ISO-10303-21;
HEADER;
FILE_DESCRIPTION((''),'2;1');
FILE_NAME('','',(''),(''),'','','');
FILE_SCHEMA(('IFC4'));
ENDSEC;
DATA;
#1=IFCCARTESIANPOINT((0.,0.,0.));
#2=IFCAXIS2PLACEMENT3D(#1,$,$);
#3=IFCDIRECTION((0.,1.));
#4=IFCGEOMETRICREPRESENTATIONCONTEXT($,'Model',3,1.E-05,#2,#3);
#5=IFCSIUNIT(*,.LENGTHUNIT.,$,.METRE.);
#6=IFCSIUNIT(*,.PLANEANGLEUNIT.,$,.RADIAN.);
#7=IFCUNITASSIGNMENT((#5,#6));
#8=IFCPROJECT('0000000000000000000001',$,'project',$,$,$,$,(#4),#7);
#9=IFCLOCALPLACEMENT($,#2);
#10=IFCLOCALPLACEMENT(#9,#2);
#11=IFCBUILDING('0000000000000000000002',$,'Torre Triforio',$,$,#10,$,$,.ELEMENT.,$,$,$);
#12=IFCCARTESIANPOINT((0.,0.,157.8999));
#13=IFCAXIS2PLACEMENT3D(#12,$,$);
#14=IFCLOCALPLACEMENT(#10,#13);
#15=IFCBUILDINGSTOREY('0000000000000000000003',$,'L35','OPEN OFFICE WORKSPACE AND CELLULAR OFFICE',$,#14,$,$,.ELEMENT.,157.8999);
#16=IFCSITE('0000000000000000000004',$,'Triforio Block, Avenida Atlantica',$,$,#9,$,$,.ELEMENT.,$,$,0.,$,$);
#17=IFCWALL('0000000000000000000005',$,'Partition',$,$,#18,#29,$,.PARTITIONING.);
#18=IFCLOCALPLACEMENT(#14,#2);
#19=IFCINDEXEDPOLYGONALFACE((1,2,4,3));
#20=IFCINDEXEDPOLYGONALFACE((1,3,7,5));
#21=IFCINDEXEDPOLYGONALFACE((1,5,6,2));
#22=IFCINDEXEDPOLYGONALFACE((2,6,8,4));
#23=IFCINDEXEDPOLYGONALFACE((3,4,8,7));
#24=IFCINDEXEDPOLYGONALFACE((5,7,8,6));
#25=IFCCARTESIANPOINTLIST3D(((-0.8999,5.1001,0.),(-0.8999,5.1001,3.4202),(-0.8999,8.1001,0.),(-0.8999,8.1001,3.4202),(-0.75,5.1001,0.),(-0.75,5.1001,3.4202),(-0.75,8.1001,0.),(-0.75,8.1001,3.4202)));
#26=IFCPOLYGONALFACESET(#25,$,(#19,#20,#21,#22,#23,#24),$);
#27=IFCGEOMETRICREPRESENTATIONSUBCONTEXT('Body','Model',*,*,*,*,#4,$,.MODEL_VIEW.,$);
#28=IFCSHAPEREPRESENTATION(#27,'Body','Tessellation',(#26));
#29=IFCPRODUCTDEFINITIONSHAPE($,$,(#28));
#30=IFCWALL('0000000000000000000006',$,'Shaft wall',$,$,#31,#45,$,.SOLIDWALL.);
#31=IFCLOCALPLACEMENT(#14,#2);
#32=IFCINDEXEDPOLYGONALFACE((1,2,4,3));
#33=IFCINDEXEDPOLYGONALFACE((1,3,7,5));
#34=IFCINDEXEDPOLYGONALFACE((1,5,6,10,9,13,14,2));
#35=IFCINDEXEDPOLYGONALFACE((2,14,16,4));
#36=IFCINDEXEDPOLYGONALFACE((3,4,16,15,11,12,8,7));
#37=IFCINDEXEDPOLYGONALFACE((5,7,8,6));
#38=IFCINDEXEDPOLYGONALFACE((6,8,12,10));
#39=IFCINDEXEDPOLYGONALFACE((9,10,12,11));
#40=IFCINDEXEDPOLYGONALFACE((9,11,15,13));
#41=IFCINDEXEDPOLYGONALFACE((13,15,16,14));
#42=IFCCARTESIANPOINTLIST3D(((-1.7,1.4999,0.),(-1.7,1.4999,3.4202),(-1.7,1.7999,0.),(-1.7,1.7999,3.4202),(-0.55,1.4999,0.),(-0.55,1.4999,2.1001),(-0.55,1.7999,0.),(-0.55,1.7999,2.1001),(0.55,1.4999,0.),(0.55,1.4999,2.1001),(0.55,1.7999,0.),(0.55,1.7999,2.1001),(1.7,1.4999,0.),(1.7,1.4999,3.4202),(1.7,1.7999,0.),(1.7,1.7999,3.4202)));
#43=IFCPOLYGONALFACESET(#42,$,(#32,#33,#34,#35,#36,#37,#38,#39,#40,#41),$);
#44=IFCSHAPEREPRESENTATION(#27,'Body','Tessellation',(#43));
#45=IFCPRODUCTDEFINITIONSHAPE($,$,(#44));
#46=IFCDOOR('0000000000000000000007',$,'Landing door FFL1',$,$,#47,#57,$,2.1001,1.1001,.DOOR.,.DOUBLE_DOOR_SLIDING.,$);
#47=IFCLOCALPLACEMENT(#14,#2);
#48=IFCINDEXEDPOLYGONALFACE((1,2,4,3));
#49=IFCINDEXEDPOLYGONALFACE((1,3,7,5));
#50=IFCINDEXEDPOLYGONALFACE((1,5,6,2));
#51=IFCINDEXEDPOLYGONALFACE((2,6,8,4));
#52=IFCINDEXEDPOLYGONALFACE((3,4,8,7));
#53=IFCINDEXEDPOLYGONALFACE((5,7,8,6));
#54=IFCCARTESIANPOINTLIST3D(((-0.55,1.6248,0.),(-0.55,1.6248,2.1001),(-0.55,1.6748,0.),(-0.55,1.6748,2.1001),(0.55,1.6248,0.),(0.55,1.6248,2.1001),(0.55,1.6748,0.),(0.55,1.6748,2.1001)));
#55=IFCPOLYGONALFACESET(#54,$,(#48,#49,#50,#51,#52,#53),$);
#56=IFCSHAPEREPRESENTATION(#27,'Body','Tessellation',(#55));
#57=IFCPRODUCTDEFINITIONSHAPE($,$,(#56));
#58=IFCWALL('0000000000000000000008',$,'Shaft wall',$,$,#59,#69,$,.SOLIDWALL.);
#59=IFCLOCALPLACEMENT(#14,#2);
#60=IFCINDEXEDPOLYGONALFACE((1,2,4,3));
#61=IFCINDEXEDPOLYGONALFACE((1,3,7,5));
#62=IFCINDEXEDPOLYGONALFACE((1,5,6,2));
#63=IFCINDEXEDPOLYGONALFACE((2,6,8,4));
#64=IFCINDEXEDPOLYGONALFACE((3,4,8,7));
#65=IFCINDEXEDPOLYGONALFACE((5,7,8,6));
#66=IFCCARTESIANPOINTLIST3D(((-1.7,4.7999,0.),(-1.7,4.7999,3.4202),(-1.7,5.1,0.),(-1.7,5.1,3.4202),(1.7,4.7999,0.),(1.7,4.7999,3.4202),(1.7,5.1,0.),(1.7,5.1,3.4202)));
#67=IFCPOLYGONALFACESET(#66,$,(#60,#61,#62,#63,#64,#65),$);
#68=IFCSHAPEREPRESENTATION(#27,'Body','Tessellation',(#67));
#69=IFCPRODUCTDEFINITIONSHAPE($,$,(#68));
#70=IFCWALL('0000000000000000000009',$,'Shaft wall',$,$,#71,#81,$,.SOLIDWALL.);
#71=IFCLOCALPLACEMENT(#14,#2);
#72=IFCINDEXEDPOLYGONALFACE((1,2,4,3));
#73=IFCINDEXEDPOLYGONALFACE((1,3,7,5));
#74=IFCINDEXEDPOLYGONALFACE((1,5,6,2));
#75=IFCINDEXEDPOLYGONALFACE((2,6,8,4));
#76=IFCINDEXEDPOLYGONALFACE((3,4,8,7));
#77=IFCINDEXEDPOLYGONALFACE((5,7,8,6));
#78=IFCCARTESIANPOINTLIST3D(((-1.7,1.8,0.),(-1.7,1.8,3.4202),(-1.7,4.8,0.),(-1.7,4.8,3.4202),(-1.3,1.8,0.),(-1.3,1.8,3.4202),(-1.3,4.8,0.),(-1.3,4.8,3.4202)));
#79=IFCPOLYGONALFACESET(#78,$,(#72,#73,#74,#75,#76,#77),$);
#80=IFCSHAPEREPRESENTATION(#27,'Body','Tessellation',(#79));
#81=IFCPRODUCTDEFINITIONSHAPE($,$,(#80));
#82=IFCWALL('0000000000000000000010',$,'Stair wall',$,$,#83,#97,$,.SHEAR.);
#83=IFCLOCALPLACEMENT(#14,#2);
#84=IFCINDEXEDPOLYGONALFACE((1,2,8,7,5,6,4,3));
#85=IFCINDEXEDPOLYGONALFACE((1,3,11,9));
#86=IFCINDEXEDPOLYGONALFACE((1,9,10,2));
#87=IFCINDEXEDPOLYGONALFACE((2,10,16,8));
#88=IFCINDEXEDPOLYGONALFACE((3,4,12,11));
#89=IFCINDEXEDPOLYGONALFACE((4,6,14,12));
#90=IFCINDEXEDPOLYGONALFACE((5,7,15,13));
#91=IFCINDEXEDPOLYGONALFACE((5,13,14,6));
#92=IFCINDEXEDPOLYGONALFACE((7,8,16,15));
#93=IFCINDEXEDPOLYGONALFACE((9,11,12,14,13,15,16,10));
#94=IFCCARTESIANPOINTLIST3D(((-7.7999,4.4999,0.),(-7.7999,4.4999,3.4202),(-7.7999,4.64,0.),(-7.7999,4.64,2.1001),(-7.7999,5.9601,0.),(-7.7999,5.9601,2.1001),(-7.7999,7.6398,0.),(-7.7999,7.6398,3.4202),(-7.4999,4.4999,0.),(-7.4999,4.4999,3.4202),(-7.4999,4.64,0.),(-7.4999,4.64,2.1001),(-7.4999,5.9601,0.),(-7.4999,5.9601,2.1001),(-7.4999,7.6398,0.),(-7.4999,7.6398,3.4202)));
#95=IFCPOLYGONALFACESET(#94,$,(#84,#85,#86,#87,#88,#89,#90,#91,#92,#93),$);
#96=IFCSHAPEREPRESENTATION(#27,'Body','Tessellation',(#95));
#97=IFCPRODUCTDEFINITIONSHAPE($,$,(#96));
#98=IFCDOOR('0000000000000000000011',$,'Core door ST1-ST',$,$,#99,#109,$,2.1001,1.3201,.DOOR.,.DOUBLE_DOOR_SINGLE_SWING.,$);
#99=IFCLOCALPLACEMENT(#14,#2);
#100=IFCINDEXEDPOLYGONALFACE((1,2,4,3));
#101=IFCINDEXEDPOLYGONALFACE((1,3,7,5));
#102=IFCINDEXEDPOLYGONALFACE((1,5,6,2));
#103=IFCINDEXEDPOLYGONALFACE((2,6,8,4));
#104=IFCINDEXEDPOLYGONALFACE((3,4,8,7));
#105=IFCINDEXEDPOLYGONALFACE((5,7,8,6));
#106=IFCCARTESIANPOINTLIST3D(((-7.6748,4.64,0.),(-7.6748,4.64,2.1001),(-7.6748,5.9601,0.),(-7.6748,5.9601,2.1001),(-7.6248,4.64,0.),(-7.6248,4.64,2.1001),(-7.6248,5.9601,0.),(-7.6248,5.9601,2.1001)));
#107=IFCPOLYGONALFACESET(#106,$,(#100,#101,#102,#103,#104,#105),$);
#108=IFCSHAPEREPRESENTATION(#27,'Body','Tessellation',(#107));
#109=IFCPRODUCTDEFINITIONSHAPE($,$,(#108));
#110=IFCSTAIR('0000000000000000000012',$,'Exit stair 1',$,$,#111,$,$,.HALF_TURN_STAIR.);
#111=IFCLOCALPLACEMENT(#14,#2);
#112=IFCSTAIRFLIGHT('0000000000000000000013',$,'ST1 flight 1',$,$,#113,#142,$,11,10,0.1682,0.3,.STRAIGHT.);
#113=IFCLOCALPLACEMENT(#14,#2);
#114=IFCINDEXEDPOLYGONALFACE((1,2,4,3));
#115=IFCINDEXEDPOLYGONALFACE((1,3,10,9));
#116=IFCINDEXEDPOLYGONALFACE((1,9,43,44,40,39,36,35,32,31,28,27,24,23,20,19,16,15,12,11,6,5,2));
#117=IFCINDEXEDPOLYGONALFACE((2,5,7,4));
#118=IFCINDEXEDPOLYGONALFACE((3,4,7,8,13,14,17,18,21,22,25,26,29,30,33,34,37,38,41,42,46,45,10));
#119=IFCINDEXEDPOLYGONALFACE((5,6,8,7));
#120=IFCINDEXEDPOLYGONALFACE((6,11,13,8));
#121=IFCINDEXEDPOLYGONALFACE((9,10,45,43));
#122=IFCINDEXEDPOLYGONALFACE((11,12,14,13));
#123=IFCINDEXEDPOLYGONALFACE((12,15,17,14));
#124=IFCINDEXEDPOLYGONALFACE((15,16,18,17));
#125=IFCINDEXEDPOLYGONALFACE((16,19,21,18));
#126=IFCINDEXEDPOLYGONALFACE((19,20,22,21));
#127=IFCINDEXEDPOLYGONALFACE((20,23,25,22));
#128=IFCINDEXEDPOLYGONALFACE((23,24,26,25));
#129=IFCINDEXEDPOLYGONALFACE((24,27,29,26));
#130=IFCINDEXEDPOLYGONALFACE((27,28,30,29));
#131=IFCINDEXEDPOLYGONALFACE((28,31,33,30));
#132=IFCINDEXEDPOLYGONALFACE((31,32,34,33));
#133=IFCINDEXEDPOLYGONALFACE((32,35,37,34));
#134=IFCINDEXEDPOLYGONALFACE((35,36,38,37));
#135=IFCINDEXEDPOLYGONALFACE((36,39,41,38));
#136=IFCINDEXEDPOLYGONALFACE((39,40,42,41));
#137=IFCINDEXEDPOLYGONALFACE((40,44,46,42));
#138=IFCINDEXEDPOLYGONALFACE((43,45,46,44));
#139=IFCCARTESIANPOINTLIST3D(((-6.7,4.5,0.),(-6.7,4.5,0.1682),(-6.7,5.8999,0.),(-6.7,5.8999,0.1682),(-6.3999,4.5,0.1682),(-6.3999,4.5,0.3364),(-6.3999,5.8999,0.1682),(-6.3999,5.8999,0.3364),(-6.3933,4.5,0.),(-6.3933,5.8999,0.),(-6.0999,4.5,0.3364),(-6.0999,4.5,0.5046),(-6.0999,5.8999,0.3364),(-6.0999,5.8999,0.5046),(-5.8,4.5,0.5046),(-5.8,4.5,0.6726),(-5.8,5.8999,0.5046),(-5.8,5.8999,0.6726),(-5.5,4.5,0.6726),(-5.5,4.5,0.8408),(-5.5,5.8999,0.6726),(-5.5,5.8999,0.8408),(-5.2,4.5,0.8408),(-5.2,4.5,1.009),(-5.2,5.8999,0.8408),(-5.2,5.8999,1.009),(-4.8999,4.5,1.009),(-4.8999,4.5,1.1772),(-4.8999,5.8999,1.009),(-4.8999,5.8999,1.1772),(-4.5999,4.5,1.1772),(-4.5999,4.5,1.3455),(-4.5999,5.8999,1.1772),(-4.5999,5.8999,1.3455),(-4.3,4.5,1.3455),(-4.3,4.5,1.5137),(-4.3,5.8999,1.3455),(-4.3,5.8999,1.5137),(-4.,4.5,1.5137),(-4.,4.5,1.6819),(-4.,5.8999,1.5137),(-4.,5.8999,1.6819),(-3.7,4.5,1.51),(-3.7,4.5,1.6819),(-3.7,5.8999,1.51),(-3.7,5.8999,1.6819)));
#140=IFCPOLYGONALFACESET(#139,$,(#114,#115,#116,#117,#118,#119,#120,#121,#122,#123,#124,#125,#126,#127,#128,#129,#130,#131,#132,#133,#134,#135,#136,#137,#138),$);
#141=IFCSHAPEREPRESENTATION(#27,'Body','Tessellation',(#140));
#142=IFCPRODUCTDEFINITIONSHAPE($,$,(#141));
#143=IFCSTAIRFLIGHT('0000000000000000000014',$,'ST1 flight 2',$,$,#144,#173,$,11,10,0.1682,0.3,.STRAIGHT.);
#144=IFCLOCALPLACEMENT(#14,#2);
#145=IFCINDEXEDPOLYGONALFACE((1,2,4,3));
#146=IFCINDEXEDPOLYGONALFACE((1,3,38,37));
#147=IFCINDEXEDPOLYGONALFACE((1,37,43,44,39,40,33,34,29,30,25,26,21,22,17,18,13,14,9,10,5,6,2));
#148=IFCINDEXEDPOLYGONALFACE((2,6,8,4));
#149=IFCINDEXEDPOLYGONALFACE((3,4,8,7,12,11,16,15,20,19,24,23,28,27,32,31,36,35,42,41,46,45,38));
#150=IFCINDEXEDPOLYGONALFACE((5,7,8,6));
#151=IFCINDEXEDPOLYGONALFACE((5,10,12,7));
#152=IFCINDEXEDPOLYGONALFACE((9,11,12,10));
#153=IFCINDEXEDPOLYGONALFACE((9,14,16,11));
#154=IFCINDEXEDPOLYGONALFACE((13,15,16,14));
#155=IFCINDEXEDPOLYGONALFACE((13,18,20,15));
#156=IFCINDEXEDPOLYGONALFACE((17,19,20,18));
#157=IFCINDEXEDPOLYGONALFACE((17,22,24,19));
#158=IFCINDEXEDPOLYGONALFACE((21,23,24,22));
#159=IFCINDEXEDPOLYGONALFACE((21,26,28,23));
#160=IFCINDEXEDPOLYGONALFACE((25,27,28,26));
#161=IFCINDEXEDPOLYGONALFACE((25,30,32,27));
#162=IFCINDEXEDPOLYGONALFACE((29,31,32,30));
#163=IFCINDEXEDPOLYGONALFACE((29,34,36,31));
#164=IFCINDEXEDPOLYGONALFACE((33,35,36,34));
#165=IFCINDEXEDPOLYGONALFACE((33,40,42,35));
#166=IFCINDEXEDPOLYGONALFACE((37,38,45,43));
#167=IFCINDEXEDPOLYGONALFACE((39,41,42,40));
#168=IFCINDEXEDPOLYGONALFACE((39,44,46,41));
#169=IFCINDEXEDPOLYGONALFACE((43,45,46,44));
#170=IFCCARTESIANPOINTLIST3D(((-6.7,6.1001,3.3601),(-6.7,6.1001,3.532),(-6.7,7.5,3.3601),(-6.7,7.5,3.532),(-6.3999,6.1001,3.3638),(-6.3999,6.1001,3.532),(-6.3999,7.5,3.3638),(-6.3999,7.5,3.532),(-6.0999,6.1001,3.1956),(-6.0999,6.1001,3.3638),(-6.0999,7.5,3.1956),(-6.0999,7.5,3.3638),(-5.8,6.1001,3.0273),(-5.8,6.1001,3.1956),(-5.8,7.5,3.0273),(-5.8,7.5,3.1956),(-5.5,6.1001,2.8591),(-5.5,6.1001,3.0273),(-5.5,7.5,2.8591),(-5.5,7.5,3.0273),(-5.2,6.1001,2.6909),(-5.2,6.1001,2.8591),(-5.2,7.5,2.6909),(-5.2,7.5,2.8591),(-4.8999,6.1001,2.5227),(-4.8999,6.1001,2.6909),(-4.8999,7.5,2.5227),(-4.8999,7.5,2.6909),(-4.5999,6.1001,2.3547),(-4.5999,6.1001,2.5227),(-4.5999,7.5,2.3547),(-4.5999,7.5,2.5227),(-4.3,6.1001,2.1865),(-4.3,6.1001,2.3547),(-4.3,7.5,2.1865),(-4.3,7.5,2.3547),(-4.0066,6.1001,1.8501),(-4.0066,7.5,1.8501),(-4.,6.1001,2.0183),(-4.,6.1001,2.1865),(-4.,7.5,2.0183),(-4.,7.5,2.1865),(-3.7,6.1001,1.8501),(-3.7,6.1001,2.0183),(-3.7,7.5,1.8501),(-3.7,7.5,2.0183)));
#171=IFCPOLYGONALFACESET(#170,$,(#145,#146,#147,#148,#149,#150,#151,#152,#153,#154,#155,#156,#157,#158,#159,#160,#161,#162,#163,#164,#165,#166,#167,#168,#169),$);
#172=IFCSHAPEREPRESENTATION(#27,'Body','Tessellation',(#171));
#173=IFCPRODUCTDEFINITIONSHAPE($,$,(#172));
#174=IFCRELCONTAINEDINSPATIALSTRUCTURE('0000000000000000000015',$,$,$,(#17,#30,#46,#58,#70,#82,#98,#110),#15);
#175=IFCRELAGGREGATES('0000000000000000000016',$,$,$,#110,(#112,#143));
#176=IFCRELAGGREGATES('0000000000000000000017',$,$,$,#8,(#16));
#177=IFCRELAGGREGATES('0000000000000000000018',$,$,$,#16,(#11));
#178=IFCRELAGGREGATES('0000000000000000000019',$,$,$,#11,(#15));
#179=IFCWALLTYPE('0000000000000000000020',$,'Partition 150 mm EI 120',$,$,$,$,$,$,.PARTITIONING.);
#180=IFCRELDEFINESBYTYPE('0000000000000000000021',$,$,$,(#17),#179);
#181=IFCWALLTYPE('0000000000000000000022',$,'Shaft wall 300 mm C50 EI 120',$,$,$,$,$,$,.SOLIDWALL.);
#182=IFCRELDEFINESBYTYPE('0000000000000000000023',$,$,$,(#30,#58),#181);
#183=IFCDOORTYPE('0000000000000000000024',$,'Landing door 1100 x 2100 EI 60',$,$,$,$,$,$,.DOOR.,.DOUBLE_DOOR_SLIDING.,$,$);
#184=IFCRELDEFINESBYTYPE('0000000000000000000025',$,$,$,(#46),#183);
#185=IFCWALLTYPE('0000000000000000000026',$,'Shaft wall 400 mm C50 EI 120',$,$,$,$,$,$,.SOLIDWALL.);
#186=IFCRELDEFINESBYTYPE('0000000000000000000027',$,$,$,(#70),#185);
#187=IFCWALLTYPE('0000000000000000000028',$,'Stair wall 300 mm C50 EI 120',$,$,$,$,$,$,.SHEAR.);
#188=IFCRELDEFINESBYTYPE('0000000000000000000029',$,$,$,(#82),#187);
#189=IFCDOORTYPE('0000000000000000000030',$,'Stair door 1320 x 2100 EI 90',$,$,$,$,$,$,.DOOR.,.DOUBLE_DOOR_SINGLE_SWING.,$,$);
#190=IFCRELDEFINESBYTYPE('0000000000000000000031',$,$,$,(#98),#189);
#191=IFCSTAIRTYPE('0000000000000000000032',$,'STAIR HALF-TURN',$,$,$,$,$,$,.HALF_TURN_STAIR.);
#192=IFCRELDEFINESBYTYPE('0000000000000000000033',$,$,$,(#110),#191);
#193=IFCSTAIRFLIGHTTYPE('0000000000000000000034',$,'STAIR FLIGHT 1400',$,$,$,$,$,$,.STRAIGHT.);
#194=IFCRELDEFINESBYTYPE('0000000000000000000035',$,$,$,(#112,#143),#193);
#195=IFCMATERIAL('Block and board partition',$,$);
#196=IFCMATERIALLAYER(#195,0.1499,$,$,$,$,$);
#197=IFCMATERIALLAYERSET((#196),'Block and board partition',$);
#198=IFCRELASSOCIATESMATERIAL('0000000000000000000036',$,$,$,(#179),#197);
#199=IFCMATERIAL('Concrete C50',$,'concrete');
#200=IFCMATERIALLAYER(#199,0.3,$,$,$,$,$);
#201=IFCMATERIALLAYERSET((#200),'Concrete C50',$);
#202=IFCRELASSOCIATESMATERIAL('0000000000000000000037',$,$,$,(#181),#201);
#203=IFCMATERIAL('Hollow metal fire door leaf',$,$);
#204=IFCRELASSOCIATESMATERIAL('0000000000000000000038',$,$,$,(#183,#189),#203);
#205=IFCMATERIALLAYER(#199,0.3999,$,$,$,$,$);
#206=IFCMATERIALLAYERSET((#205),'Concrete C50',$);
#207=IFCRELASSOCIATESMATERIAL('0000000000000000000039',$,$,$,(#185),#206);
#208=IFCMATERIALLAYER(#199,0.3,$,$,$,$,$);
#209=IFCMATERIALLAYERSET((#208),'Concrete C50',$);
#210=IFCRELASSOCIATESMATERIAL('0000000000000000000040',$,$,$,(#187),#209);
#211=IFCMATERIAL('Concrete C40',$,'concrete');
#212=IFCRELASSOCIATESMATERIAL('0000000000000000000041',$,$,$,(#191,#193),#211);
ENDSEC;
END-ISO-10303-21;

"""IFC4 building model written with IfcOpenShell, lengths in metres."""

from ifc_helpers import new_model, si_unit, direction, frame, frame_2d, origin, place, context, subcontext, project, spatial, polyline, rectangle, outline, extrude, material, layer, layer_set, type_object, element, fill, aggregate, save


model = new_model("IFC4")

# Units and contexts
model_context = context("Model", 3, precision=1e-05, world=origin(), true_north=direction((0.0, 1.0)))
body_context = subcontext(model_context, "Body", "Model", "MODEL_VIEW")
ifc_project = project(units=[si_unit("LENGTHUNIT", "METRE"), si_unit("PLANEANGLEUNIT", "RADIAN")], contexts=[model_context])

# Site, building, storey
site_placement = place(None, origin())
site = spatial("IfcSite", under=ifc_project, at=site_placement, Name="Triforio Block, Avenida Atlantica", CompositionType="ELEMENT", RefElevation=0.0)
building_placement = place(site_placement, origin())
building = spatial("IfcBuilding", under=site, at=building_placement, Name="Torre Triforio", CompositionType="ELEMENT")
storey_placement = place(building_placement, frame((0.0, 0.0, 157.8999)))
storey = spatial("IfcBuildingStorey", under=building, at=storey_placement, Name="L35", Description="OPEN OFFICE WORKSPACE AND CELLULAR OFFICE", CompositionType="ELEMENT", Elevation=157.8999)

# Shared definitions
ifc_material_1 = material(Name="Concrete C40", Category="concrete")

# Wall
ifc_material_2 = material(Name="Concrete C50", Category="concrete")
ifc_material_3 = material(Name="Block and board partition")
ifc_layer_1 = layer(ifc_material_3, 0.1499)
ifc_layer_set_1 = layer_set([ifc_layer_1], Name="Block and board partition")
wall_type_1 = type_object("IfcWallType", Name="Partition 150 mm EI 120", PredefinedType="PARTITIONING", material=ifc_layer_set_1)
wall_1_placement = place(storey_placement, frame((-0.825, 5.1001, 0.0), z_axis=(0.0, 0.0, 1.0), x_axis=(0.0, 1.0, 0.0)))
element("IfcWall", 1, at=wall_1_placement, inside=storey, type_object=wall_type_1, Name="Partition", PredefinedType="PARTITIONING", context=body_context, shape_type="SweptSolid", body=[
    extrude(rectangle(XDim=3.0, YDim=0.1499, at=frame_2d((1.5, 0.0))), origin(), (0.0, 0.0, 1.0), 3.4202),
])

# Wall, opening, door
ifc_layer_2 = layer(ifc_material_2, 0.3)
ifc_layer_set_2 = layer_set([ifc_layer_2], Name="Concrete C50")
wall_type_2 = type_object("IfcWallType", Name="Shaft wall 300 mm C50 EI 120", PredefinedType="SOLIDWALL", material=ifc_layer_set_2)
wall_2_placement = place(storey_placement, frame((-1.7, 1.6499, 0.0), z_axis=(0.0, 0.0, 1.0), x_axis=(1.0, 0.0, 0.0)))
wall_2 = element("IfcWall", 2, at=wall_2_placement, inside=storey, type_object=wall_type_2, Name="Shaft wall", PredefinedType="SOLIDWALL", context=body_context, shape_type="SweptSolid", body=[
    extrude(rectangle(XDim=3.3999, YDim=0.3, at=frame_2d((1.7, 0.0))), origin(), (0.0, 0.0, 1.0), 3.4202),
])
opening_1_placement = place(wall_2_placement, frame((1.1499, 0.0, 0.0)))
opening_1 = element("IfcOpeningElement", 3, at=opening_1_placement, cuts=wall_2, PredefinedType="OPENING", context=body_context, shape_type="SweptSolid", body=[
    extrude(rectangle(XDim=1.1001, YDim=2.1001, at=frame_2d((0.55, 1.05))), frame((0.0, 0.1599, 0.0), z_axis=(0.0, -1.0, 0.0), x_axis=(1.0, 0.0, 0.0)), (0.0, 0.0, 1.0), 0.3201),
])
ifc_material_4 = material(Name="Hollow metal fire door leaf")
door_type_1 = type_object("IfcDoorType", Name="Landing door 1100 x 2100 EI 60", OperationType="DOUBLE_DOOR_SLIDING", PredefinedType="DOOR", material=ifc_material_4)
door_1_placement = place(opening_1_placement, origin())
door_1 = element("IfcDoor", 4, at=door_1_placement, inside=storey, type_object=door_type_1, Name="Landing door FFL1", OperationType="DOUBLE_DOOR_SLIDING", OverallHeight=2.1001, OverallWidth=1.1001, PredefinedType="DOOR", context=body_context, shape_type="SweptSolid", body=[
    extrude(rectangle(XDim=1.1001, YDim=2.1001, at=frame_2d((0.55, 1.05))), frame((0.0, 0.0249, 0.0), z_axis=(0.0, -1.0, 0.0), x_axis=(1.0, 0.0, 0.0)), (0.0, 0.0, 1.0), 0.05),
])
fill(opening_1, door_1)

# Walls
wall_3_placement = place(storey_placement, frame((-1.7, 4.95, 0.0), z_axis=(0.0, 0.0, 1.0), x_axis=(1.0, 0.0, 0.0)))
element("IfcWall", 5, at=wall_3_placement, inside=storey, type_object=wall_type_2, Name="Shaft wall", PredefinedType="SOLIDWALL", context=body_context, shape_type="SweptSolid", body=[
    extrude(rectangle(XDim=3.3999, YDim=0.3, at=frame_2d((1.7, 0.0))), origin(), (0.0, 0.0, 1.0), 3.4202),
])
ifc_layer_3 = layer(ifc_material_2, 0.3999)
ifc_layer_set_3 = layer_set([ifc_layer_3], Name="Concrete C50")
wall_type_3 = type_object("IfcWallType", Name="Shaft wall 400 mm C50 EI 120", PredefinedType="SOLIDWALL", material=ifc_layer_set_3)
wall_4_placement = place(storey_placement, frame((-1.5, 1.8, 0.0), z_axis=(0.0, 0.0, 1.0), x_axis=(0.0, 1.0, 0.0)))
element("IfcWall", 6, at=wall_4_placement, inside=storey, type_object=wall_type_3, Name="Shaft wall", PredefinedType="SOLIDWALL", context=body_context, shape_type="SweptSolid", body=[
    extrude(rectangle(XDim=3.0, YDim=0.3999, at=frame_2d((1.5, 0.0))), origin(), (0.0, 0.0, 1.0), 3.4202),
])

# Wall, opening, door
ifc_layer_4 = layer(ifc_material_2, 0.3)
ifc_layer_set_4 = layer_set([ifc_layer_4], Name="Concrete C50")
wall_type_4 = type_object("IfcWallType", Name="Stair wall 300 mm C50 EI 120", PredefinedType="SHEAR", material=ifc_layer_set_4)
wall_5_placement = place(storey_placement, frame((-7.6499, 4.5, 0.0), z_axis=(0.0, 0.0, 1.0), x_axis=(0.0, 1.0, 0.0)))
wall_5 = element("IfcWall", 7, at=wall_5_placement, inside=storey, type_object=wall_type_4, Name="Stair wall", PredefinedType="SHEAR", context=body_context, shape_type="SweptSolid", body=[
    extrude(rectangle(XDim=3.1399, YDim=0.3, at=frame_2d((1.5698, 0.0))), origin(), (0.0, 0.0, 1.0), 3.4202),
])
opening_2_placement = place(wall_5_placement, frame((0.1399, 0.0, 0.0)))
opening_2 = element("IfcOpeningElement", 8, at=opening_2_placement, cuts=wall_5, PredefinedType="OPENING", context=body_context, shape_type="SweptSolid", body=[
    extrude(rectangle(XDim=1.3201, YDim=2.1001, at=frame_2d((0.6602, 1.05))), frame((0.0, 0.1599, 0.0), z_axis=(0.0, -1.0, 0.0), x_axis=(1.0, 0.0, 0.0)), (0.0, 0.0, 1.0), 0.3201),
])
door_type_2 = type_object("IfcDoorType", Name="Stair door 1320 x 2100 EI 90", OperationType="DOUBLE_DOOR_SINGLE_SWING", PredefinedType="DOOR", material=ifc_material_4)
door_2_placement = place(opening_2_placement, origin())
door_2 = element("IfcDoor", 9, at=door_2_placement, inside=storey, type_object=door_type_2, Name="Core door ST1-ST", OperationType="DOUBLE_DOOR_SINGLE_SWING", OverallHeight=2.1001, OverallWidth=1.3201, PredefinedType="DOOR", context=body_context, shape_type="SweptSolid", body=[
    extrude(rectangle(XDim=1.3201, YDim=2.1001, at=frame_2d((0.6602, 1.05))), frame((0.0, 0.0249, 0.0), z_axis=(0.0, -1.0, 0.0), x_axis=(1.0, 0.0, 0.0)), (0.0, 0.0, 1.0), 0.05),
])
fill(opening_2, door_2)

# Stair, stair flights
stair_type = type_object("IfcStairType", Name="STAIR HALF-TURN", PredefinedType="HALF_TURN_STAIR", material=ifc_material_1)
stair_placement = place(storey_placement, origin())
stair = element("IfcStair", 10, at=stair_placement, inside=storey, type_object=stair_type, Name="Exit stair 1", PredefinedType="HALF_TURN_STAIR")
stair_flight_type = type_object("IfcStairFlightType", Name="STAIR FLIGHT 1400", PredefinedType="STRAIGHT", material=ifc_material_1)
stair_flight_1_placement = place(storey_placement, frame((-6.7, 5.2, 0.0), z_axis=(0.0, 0.0, 1.0), x_axis=(1.0, 0.0, 0.0)))
stair_flight_1 = element("IfcStairFlight", 11, at=stair_flight_1_placement, type_object=stair_flight_type, Name="ST1 flight 1", NumberOfRisers=11, NumberOfTreads=10, PredefinedType="STRAIGHT", RiserHeight=0.1682, TreadLength=0.3, context=body_context, shape_type="SweptSolid", body=[
    extrude(outline(polyline([(0.0, 0.0), (0.0, 0.1682), (0.3, 0.1682), (0.3, 0.3364), (0.6001, 0.3364), (0.6001, 0.5046), (0.8999, 0.5046), (0.8999, 0.6726), (1.2, 0.6726), (1.2, 0.8408), (1.5, 0.8408), (1.5, 1.009), (1.8, 1.009), (1.8, 1.1772), (2.1001, 1.1772), (2.1001, 1.3455), (2.3999, 1.3455), (2.3999, 1.5137), (2.7, 1.5137), (2.7, 1.6819), (3.0, 1.6819), (3.0, 1.8501), (3.0, 1.51), (0.3066, 0.0), (0.0, 0.0)])), frame((0.0, 0.7, 0.0), z_axis=(0.0, -1.0, 0.0), x_axis=(1.0, 0.0, 0.0)), (0.0, 0.0, 1.0), 1.3999),
])
stair_flight_2_placement = place(storey_placement, frame((-3.7, 6.8, 1.8501), z_axis=(0.0, 0.0, 1.0), x_axis=(-1.0, 0.0, 0.0)))
stair_flight_2 = element("IfcStairFlight", 12, at=stair_flight_2_placement, type_object=stair_flight_type, Name="ST1 flight 2", NumberOfRisers=11, NumberOfTreads=10, PredefinedType="STRAIGHT", RiserHeight=0.1682, TreadLength=0.3, context=body_context, shape_type="SweptSolid", body=[
    extrude(outline(polyline([(0.0, 0.0), (0.0, 0.1682), (0.3, 0.1682), (0.3, 0.3364), (0.6001, 0.3364), (0.6001, 0.5046), (0.8999, 0.5046), (0.8999, 0.6726), (1.2, 0.6726), (1.2, 0.8408), (1.5, 0.8408), (1.5, 1.009), (1.8, 1.009), (1.8, 1.1772), (2.1001, 1.1772), (2.1001, 1.3455), (2.3999, 1.3455), (2.3999, 1.5137), (2.7, 1.5137), (2.7, 1.6819), (3.0, 1.6819), (3.0, 1.8501), (3.0, 1.51), (0.3066, 0.0), (0.0, 0.0)])), frame((0.0, 0.7, 0.0), z_axis=(0.0, -1.0, 0.0), x_axis=(1.0, 0.0, 0.0)), (0.0, 0.0, 1.0), 1.3999),
])
aggregate(stair, [stair_flight_1, stair_flight_2])

save(model, "model.ifc")
